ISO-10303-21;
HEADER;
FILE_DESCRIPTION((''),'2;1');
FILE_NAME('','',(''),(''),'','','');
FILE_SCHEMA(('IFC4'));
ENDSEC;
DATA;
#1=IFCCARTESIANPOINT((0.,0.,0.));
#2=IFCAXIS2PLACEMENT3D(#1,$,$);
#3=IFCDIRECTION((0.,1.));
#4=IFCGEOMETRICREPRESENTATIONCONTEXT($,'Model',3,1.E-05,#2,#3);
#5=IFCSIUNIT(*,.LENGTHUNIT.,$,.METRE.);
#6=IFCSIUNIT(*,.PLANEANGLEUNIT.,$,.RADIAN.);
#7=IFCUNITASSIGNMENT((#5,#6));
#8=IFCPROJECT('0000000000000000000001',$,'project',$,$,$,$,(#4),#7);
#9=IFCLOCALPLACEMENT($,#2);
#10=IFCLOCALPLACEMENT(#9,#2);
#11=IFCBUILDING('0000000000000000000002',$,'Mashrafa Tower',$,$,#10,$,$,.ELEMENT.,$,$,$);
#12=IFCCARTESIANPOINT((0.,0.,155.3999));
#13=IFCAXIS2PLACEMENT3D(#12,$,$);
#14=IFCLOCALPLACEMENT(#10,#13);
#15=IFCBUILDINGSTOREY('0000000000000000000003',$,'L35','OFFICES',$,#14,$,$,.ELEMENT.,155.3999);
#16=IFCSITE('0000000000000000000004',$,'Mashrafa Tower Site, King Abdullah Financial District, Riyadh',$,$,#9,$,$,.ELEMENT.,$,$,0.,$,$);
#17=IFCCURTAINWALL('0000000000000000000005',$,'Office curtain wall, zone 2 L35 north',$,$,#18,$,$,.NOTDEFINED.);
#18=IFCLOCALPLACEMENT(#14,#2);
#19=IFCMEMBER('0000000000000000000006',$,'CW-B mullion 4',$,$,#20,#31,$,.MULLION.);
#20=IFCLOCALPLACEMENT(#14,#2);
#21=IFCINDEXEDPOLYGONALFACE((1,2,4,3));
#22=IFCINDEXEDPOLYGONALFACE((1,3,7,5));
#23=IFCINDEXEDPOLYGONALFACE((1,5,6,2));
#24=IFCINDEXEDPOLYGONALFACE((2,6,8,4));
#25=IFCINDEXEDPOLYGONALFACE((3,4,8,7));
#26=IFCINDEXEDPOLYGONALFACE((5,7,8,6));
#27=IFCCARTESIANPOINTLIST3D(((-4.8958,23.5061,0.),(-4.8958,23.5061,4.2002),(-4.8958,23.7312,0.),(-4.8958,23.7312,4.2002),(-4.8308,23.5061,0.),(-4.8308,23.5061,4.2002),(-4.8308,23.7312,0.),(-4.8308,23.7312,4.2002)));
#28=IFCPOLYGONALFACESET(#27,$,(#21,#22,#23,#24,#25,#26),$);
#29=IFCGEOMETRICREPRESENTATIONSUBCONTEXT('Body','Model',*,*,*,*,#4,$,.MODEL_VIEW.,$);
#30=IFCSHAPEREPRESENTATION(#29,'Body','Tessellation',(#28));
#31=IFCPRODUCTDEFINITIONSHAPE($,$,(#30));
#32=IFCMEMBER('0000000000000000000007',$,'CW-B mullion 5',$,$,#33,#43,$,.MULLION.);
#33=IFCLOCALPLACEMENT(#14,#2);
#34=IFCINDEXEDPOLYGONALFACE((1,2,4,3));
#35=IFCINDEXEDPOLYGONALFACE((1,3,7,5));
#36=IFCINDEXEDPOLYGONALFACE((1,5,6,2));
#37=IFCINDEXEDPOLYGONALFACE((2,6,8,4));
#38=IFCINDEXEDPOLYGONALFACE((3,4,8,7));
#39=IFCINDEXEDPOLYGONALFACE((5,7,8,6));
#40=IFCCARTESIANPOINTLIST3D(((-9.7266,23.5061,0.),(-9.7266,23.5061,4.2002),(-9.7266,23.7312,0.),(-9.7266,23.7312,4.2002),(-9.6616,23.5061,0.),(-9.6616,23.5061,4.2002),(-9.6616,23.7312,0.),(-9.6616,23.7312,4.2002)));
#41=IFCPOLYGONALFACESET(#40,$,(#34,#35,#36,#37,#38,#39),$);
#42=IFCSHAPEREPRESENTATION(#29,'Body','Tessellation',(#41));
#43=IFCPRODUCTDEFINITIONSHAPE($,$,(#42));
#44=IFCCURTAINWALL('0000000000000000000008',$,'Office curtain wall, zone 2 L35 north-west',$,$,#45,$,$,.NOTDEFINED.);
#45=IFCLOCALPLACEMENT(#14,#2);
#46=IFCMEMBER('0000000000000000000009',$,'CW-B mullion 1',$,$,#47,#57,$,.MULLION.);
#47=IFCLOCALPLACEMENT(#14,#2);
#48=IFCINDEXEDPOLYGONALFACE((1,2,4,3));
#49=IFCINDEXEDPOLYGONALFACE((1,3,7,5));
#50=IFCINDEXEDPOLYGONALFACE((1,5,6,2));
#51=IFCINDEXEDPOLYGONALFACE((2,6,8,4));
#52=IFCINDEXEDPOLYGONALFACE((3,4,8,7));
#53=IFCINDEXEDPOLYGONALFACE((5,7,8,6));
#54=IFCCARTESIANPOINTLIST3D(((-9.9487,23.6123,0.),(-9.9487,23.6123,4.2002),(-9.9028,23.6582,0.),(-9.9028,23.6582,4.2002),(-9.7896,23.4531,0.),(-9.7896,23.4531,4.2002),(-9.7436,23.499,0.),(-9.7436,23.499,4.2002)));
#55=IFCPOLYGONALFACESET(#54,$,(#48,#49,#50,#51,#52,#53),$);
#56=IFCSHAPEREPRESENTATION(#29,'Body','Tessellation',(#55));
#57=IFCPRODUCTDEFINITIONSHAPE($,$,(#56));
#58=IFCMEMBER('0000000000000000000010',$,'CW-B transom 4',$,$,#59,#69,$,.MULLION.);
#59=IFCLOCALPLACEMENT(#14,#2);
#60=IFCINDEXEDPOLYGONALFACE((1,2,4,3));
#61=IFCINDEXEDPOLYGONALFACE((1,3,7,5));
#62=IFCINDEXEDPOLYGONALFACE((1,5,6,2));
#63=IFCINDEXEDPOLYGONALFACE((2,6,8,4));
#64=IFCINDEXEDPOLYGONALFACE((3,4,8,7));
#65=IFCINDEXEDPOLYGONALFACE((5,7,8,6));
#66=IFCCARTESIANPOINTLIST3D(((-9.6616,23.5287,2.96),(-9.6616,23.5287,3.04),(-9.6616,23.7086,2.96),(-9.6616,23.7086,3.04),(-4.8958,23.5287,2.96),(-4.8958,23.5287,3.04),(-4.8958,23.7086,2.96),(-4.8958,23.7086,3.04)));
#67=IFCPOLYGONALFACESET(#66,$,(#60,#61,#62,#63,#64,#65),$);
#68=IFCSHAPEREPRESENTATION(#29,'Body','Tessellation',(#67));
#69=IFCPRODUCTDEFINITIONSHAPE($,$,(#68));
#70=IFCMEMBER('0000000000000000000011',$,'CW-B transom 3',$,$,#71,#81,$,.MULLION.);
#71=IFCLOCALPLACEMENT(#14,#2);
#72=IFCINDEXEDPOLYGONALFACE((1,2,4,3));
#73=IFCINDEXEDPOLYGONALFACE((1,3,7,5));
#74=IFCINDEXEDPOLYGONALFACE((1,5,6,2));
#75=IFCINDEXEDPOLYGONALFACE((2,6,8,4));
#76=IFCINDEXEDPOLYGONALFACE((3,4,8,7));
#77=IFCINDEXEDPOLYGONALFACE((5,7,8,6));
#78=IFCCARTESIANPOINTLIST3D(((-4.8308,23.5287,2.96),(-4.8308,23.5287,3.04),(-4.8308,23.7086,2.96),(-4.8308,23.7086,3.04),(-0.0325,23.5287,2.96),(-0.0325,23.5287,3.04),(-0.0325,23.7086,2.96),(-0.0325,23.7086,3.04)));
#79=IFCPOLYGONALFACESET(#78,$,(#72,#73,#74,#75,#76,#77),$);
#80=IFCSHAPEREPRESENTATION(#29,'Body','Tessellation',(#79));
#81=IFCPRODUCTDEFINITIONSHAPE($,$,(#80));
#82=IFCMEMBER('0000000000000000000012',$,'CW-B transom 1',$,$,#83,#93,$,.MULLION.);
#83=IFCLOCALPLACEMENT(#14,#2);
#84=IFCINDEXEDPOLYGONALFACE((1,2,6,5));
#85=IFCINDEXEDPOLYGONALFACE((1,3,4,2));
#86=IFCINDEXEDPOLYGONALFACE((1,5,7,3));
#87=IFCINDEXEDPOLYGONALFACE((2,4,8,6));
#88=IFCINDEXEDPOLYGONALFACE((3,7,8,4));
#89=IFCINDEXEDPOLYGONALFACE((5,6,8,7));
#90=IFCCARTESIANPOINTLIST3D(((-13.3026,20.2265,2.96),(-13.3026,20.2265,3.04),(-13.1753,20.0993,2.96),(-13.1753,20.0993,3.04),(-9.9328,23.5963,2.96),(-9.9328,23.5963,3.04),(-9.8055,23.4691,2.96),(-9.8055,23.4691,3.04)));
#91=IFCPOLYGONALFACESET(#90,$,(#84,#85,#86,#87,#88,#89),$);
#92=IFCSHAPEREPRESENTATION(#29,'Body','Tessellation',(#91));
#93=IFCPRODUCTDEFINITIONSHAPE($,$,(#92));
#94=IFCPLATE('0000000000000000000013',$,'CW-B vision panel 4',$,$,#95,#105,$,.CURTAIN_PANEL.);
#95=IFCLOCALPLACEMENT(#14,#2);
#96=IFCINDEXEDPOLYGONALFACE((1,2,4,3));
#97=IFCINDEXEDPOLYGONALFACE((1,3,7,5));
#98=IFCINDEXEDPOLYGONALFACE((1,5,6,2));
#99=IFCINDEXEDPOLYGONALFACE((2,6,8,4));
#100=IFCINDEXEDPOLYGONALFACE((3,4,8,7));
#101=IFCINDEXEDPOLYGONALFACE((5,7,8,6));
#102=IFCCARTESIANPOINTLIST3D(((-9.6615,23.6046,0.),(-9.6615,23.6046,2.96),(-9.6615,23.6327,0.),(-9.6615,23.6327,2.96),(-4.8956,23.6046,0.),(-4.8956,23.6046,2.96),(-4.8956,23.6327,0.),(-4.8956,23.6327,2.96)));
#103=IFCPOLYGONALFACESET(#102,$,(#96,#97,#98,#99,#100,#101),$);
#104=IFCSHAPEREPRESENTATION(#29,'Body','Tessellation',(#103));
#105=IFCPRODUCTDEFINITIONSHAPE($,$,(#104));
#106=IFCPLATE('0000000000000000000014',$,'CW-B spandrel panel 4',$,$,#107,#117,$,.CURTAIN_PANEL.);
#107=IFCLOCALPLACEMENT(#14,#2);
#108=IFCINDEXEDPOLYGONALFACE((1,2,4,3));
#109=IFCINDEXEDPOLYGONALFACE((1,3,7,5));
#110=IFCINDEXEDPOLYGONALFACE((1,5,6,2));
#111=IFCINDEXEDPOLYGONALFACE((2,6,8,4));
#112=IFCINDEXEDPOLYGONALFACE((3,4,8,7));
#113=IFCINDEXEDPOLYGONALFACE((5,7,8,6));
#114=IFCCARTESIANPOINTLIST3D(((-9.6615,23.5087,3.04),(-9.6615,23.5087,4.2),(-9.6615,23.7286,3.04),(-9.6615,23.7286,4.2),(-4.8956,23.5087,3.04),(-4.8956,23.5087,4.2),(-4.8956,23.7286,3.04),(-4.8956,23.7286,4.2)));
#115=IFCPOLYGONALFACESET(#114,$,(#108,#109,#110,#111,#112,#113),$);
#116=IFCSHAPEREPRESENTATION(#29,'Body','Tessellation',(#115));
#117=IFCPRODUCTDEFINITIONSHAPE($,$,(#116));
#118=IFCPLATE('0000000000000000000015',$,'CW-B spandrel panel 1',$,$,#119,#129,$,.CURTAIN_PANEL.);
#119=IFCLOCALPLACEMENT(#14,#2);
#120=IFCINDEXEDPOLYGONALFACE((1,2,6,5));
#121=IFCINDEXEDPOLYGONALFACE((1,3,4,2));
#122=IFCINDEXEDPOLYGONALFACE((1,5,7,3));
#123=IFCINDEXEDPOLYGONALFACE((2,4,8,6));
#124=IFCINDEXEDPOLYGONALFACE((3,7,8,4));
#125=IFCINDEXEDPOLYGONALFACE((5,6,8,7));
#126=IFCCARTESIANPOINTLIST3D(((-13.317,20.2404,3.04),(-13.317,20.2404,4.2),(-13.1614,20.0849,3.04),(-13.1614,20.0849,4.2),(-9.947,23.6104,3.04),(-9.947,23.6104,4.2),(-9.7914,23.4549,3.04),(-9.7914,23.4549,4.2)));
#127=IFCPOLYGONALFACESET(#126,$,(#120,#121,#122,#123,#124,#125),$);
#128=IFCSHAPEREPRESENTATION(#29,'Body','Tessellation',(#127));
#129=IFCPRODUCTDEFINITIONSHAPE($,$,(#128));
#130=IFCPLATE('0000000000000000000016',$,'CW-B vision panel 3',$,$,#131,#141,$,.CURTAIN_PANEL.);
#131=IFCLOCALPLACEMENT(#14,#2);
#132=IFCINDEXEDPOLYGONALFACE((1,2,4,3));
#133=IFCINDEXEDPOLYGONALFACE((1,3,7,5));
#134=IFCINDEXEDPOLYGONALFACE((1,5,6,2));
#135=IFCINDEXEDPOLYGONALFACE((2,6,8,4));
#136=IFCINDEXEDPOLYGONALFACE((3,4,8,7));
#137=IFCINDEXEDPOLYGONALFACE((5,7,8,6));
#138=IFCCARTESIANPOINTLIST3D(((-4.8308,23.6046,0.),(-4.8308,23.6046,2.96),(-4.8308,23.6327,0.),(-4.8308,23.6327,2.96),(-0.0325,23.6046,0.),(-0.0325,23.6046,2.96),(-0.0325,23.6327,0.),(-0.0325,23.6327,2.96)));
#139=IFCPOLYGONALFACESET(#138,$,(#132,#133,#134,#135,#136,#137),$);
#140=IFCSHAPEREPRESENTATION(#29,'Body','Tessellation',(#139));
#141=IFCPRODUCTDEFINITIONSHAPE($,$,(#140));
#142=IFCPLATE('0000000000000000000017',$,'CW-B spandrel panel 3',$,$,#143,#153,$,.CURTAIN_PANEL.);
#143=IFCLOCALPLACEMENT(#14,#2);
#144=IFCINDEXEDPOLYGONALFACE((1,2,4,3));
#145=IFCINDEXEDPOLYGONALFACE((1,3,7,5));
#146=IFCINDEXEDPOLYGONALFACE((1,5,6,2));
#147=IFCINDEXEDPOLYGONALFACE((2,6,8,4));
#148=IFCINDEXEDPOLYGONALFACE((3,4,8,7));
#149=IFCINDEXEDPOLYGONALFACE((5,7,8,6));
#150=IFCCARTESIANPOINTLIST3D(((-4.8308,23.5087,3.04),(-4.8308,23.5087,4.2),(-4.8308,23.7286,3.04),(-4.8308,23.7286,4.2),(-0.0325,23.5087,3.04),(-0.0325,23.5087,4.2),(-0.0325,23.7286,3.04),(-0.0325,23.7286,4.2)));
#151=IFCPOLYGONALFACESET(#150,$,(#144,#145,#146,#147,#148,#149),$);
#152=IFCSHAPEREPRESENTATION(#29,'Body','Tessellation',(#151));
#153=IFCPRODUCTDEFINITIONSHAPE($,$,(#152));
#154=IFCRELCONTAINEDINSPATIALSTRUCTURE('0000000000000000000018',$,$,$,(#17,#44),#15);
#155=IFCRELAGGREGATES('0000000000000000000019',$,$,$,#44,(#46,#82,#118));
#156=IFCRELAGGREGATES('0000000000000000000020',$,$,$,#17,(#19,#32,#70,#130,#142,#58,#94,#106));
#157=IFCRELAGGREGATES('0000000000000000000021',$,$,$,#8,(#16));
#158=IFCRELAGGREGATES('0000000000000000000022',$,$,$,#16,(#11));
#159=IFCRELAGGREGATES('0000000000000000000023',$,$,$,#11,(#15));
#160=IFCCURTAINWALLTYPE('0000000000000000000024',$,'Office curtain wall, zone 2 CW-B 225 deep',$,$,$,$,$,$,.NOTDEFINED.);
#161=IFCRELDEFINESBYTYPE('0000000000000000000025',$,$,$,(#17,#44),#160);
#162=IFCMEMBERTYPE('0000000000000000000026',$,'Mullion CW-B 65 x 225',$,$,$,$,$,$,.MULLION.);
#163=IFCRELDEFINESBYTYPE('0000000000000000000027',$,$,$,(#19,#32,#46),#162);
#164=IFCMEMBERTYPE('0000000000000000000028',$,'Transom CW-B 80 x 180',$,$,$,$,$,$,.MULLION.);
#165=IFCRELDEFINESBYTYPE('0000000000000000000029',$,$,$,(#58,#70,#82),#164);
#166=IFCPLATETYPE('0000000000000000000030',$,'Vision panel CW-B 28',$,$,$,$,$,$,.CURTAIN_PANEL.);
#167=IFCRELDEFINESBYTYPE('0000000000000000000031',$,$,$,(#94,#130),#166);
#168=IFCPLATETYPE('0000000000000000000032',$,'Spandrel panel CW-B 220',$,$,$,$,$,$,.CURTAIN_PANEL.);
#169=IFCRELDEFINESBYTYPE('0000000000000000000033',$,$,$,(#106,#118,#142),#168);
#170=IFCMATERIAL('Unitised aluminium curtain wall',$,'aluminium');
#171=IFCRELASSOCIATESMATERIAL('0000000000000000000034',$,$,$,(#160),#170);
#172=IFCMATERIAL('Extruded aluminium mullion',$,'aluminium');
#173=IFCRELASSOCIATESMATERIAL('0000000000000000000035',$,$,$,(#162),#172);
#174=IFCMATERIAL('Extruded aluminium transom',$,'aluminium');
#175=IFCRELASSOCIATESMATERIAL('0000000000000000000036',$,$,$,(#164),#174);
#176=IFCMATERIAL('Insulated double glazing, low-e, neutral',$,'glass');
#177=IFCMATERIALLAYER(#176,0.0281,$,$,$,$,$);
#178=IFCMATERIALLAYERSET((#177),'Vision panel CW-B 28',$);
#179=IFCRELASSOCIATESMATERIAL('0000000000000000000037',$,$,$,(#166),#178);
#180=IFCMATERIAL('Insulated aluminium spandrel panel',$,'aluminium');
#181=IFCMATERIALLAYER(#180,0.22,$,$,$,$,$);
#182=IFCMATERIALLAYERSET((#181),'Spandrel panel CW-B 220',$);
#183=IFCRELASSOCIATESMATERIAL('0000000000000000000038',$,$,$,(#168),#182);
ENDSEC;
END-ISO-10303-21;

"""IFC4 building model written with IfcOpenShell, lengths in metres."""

from ifc_helpers import new_model, si_unit, direction, frame, origin, origin_2d, place, context, subcontext, project, spatial, rectangle, extrude, source, transform, mapped, material, layer, layer_set, material_profile, profile_set, type_object, type_shapes, element, aggregate, save


model = new_model("IFC4")

# Units and contexts
model_context = context("Model", 3, precision=1e-05, world=origin(), true_north=direction((0.0, 1.0)))
body_context = subcontext(model_context, "Body", "Model", "MODEL_VIEW")
ifc_project = project(units=[si_unit("LENGTHUNIT", "METRE"), si_unit("PLANEANGLEUNIT", "RADIAN")], contexts=[model_context])

# Site, building, storey
site_placement = place(None, origin())
site = spatial("IfcSite", under=ifc_project, at=site_placement, Name="Mashrafa Tower Site, King Abdullah Financial District, Riyadh", CompositionType="ELEMENT", RefElevation=0.0)
building_placement = place(site_placement, origin())
building = spatial("IfcBuilding", under=site, at=building_placement, Name="Mashrafa Tower", CompositionType="ELEMENT")
storey_placement = place(building_placement, frame((0.0, 0.0, 155.3999)))
storey = spatial("IfcBuildingStorey", under=building, at=storey_placement, Name="L35", Description="OFFICES", CompositionType="ELEMENT", Elevation=155.3999)

# Curtain wall, members
ifc_material_1 = material(Name="Unitised aluminium curtain wall", Category="aluminium")
curtain_wall_type = type_object("IfcCurtainWallType", Name="Office curtain wall, zone 2 CW-B 225 deep", PredefinedType="NOTDEFINED", material=ifc_material_1)
curtain_wall_1_placement = place(storey_placement, origin())
curtain_wall_1 = element("IfcCurtainWall", 1, at=curtain_wall_1_placement, inside=storey, type_object=curtain_wall_type, Name="Office curtain wall, zone 2 L35 north", PredefinedType="NOTDEFINED")
ifc_material_2 = material(Name="Extruded aluminium mullion", Category="aluminium")
ifc_material_profile_1 = material_profile(ifc_material_2, rectangle(XDim=0.2251, YDim=0.0649, at=origin_2d()), Name="Mullion 65x225")
ifc_profile_set_1 = profile_set([ifc_material_profile_1], Name="Extruded aluminium mullion")
member_type_1 = type_object("IfcMemberType", Name="Mullion CW-B 65 x 225", PredefinedType="MULLION", material=ifc_profile_set_1)
shared_shape_1 = source(origin(), body_context, "Body", "SweptSolid", [
    extrude(rectangle(XDim=0.2251, YDim=0.0649, at=origin_2d()), origin(), (0.0, 0.0, 1.0), 4.2002),
])
type_shapes(member_type_1, [shared_shape_1])
member_1_placement = place(storey_placement, frame((-4.8633, 23.6187, 0.0), z_axis=(0.0, 0.0, 1.0), x_axis=(0.0, -1.0, 0.0)))
member_1 = element("IfcMember", 2, at=member_1_placement, type_object=member_type_1, Name="CW-B mullion 4", PredefinedType="MULLION", context=body_context, shape_type="MappedRepresentation", body=[
    mapped(shared_shape_1, transform((0.0, 0.0, 0.0))),
])
member_2_placement = place(storey_placement, frame((-9.6941, 23.6187, 0.0), z_axis=(0.0, 0.0, 1.0), x_axis=(0.0, -1.0, 0.0)))
member_2 = element("IfcMember", 3, at=member_2_placement, type_object=member_type_1, Name="CW-B mullion 5", PredefinedType="MULLION", context=body_context, shape_type="MappedRepresentation", body=[
    mapped(shared_shape_1, transform((0.0, 0.0, 0.0))),
])

# Curtain wall, member
curtain_wall_2_placement = place(storey_placement, origin())
curtain_wall_2 = element("IfcCurtainWall", 4, at=curtain_wall_2_placement, inside=storey, type_object=curtain_wall_type, Name="Office curtain wall, zone 2 L35 north-west", PredefinedType="NOTDEFINED")
member_3_placement = place(storey_placement, frame((-9.8462, 23.5557, 0.0), z_axis=(0.0, 0.0, 1.0), x_axis=(0.707107, -0.707107, 0.0)))
member_3 = element("IfcMember", 5, at=member_3_placement, type_object=member_type_1, Name="CW-B mullion 1", PredefinedType="MULLION", context=body_context, shape_type="MappedRepresentation", body=[
    mapped(shared_shape_1, transform((0.0, 0.0, 0.0))),
])

# Members
ifc_material_3 = material(Name="Extruded aluminium transom", Category="aluminium")
ifc_material_profile_2 = material_profile(ifc_material_3, rectangle(XDim=0.1799, YDim=0.0801, at=origin_2d()), Name="Transom 80x180")
ifc_profile_set_2 = profile_set([ifc_material_profile_2], Name="Extruded aluminium transom")
member_type_2 = type_object("IfcMemberType", Name="Transom CW-B 80 x 180", PredefinedType="MULLION", material=ifc_profile_set_2)
shared_shape_2 = source(origin(), body_context, "Body", "SweptSolid", [
    extrude(rectangle(XDim=0.1799, YDim=0.0801, at=origin_2d()), origin(), (0.0, 0.0, 1.0), 4.7659),
])
member_4_placement = place(storey_placement, frame((-4.8958, 23.6187, 3.0), z_axis=(-1.0, 0.0, 0.0), x_axis=(0.0, -1.0, 0.0)))
member_4 = element("IfcMember", 6, at=member_4_placement, type_object=member_type_2, Name="CW-B transom 4", PredefinedType="MULLION", context=body_context, shape_type="MappedRepresentation", body=[
    mapped(shared_shape_2, transform((0.0, 0.0, 0.0))),
])
shared_shape_3 = source(origin(), body_context, "Body", "SweptSolid", [
    extrude(rectangle(XDim=0.1799, YDim=0.0801, at=origin_2d()), origin(), (0.0, 0.0, 1.0), 4.7983),
])
member_5_placement = place(storey_placement, frame((-0.0325, 23.6187, 3.0), z_axis=(-1.0, 0.0, 0.0), x_axis=(0.0, -1.0, 0.0)))
member_5 = element("IfcMember", 7, at=member_5_placement, type_object=member_type_2, Name="CW-B transom 3", PredefinedType="MULLION", context=body_context, shape_type="MappedRepresentation", body=[
    mapped(shared_shape_3, transform((0.0, 0.0, 0.0))),
])
shared_shape_4 = source(origin(), body_context, "Body", "SweptSolid", [
    extrude(rectangle(XDim=0.1799, YDim=0.0801, at=origin_2d()), origin(), (0.0, 0.0, 1.0), 4.7656),
])
type_shapes(member_type_2, [shared_shape_2, shared_shape_3, shared_shape_4])
member_6_placement = place(storey_placement, frame((-9.8691, 23.5327, 3.0), z_axis=(-0.707107, -0.707107, 0.0), x_axis=(0.707107, -0.707107, 0.0)))
member_6 = element("IfcMember", 8, at=member_6_placement, type_object=member_type_2, Name="CW-B transom 1", PredefinedType="MULLION", context=body_context, shape_type="MappedRepresentation", body=[
    mapped(shared_shape_4, transform((0.0, 0.0, 0.0))),
])

# Plates
ifc_material_4 = material(Name="Insulated double glazing, low-e, neutral", Category="glass")
ifc_layer_1 = layer(ifc_material_4, 0.0281)
ifc_layer_set_1 = layer_set([ifc_layer_1], Name="Vision panel CW-B 28")
plate_type_1 = type_object("IfcPlateType", Name="Vision panel CW-B 28", PredefinedType="CURTAIN_PANEL", material=ifc_layer_set_1)
shared_shape_5 = source(origin(), body_context, "Body", "SweptSolid", [
    extrude(rectangle(XDim=4.7659, YDim=0.0281, at=origin_2d()), origin(), (0.0, 0.0, 1.0), 2.96),
])
plate_1_placement = place(storey_placement, frame((-7.2786, 23.6187, 0.0), z_axis=(0.0, 0.0, 1.0), x_axis=(-1.0, 0.0, 0.0)))
plate_1 = element("IfcPlate", 9, at=plate_1_placement, type_object=plate_type_1, Name="CW-B vision panel 4", PredefinedType="CURTAIN_PANEL", context=body_context, shape_type="MappedRepresentation", body=[
    mapped(shared_shape_5, transform((0.0, 0.0, 0.0))),
])
ifc_material_5 = material(Name="Insulated aluminium spandrel panel", Category="aluminium")
ifc_layer_2 = layer(ifc_material_5, 0.22)
ifc_layer_set_2 = layer_set([ifc_layer_2], Name="Spandrel panel CW-B 220")
plate_type_2 = type_object("IfcPlateType", Name="Spandrel panel CW-B 220", PredefinedType="CURTAIN_PANEL", material=ifc_layer_set_2)
shared_shape_6 = source(origin(), body_context, "Body", "SweptSolid", [
    extrude(rectangle(XDim=4.7659, YDim=0.22, at=origin_2d()), origin(), (0.0, 0.0, 1.0), 1.1599),
])
plate_2_placement = place(storey_placement, frame((-7.2786, 23.6187, 3.04), z_axis=(0.0, 0.0, 1.0), x_axis=(-1.0, 0.0, 0.0)))
plate_2 = element("IfcPlate", 10, at=plate_2_placement, type_object=plate_type_2, Name="CW-B spandrel panel 4", PredefinedType="CURTAIN_PANEL", context=body_context, shape_type="MappedRepresentation", body=[
    mapped(shared_shape_6, transform((0.0, 0.0, 0.0))),
])
plate_3_placement = place(storey_placement, frame((-11.5542, 21.8477, 3.04), z_axis=(0.0, 0.0, 1.0), x_axis=(-0.707107, -0.707107, 0.0)))
plate_3 = element("IfcPlate", 11, at=plate_3_placement, type_object=plate_type_2, Name="CW-B spandrel panel 1", PredefinedType="CURTAIN_PANEL", context=body_context, shape_type="MappedRepresentation", body=[
    mapped(shared_shape_6, transform((0.0, 0.0, 0.0))),
])
aggregate(curtain_wall_2, [member_3, member_6, plate_3])
shared_shape_7 = source(origin(), body_context, "Body", "SweptSolid", [
    extrude(rectangle(XDim=4.7983, YDim=0.0281, at=origin_2d()), origin(), (0.0, 0.0, 1.0), 2.96),
])
type_shapes(plate_type_1, [shared_shape_5, shared_shape_7])
plate_4_placement = place(storey_placement, frame((-2.4316, 23.6187, 0.0), z_axis=(0.0, 0.0, 1.0), x_axis=(-1.0, 0.0, 0.0)))
plate_4 = element("IfcPlate", 12, at=plate_4_placement, type_object=plate_type_1, Name="CW-B vision panel 3", PredefinedType="CURTAIN_PANEL", context=body_context, shape_type="MappedRepresentation", body=[
    mapped(shared_shape_7, transform((0.0, 0.0, 0.0))),
])
shared_shape_8 = source(origin(), body_context, "Body", "SweptSolid", [
    extrude(rectangle(XDim=4.7983, YDim=0.22, at=origin_2d()), origin(), (0.0, 0.0, 1.0), 1.1599),
])
type_shapes(plate_type_2, [shared_shape_6, shared_shape_8])
plate_5_placement = place(storey_placement, frame((-2.4316, 23.6187, 3.04), z_axis=(0.0, 0.0, 1.0), x_axis=(-1.0, 0.0, 0.0)))
plate_5 = element("IfcPlate", 13, at=plate_5_placement, type_object=plate_type_2, Name="CW-B spandrel panel 3", PredefinedType="CURTAIN_PANEL", context=body_context, shape_type="MappedRepresentation", body=[
    mapped(shared_shape_8, transform((0.0, 0.0, 0.0))),
])
aggregate(curtain_wall_1, [member_1, member_2, member_5, plate_4, plate_5, member_4, plate_1, plate_2])

save(model, "model.ifc")
